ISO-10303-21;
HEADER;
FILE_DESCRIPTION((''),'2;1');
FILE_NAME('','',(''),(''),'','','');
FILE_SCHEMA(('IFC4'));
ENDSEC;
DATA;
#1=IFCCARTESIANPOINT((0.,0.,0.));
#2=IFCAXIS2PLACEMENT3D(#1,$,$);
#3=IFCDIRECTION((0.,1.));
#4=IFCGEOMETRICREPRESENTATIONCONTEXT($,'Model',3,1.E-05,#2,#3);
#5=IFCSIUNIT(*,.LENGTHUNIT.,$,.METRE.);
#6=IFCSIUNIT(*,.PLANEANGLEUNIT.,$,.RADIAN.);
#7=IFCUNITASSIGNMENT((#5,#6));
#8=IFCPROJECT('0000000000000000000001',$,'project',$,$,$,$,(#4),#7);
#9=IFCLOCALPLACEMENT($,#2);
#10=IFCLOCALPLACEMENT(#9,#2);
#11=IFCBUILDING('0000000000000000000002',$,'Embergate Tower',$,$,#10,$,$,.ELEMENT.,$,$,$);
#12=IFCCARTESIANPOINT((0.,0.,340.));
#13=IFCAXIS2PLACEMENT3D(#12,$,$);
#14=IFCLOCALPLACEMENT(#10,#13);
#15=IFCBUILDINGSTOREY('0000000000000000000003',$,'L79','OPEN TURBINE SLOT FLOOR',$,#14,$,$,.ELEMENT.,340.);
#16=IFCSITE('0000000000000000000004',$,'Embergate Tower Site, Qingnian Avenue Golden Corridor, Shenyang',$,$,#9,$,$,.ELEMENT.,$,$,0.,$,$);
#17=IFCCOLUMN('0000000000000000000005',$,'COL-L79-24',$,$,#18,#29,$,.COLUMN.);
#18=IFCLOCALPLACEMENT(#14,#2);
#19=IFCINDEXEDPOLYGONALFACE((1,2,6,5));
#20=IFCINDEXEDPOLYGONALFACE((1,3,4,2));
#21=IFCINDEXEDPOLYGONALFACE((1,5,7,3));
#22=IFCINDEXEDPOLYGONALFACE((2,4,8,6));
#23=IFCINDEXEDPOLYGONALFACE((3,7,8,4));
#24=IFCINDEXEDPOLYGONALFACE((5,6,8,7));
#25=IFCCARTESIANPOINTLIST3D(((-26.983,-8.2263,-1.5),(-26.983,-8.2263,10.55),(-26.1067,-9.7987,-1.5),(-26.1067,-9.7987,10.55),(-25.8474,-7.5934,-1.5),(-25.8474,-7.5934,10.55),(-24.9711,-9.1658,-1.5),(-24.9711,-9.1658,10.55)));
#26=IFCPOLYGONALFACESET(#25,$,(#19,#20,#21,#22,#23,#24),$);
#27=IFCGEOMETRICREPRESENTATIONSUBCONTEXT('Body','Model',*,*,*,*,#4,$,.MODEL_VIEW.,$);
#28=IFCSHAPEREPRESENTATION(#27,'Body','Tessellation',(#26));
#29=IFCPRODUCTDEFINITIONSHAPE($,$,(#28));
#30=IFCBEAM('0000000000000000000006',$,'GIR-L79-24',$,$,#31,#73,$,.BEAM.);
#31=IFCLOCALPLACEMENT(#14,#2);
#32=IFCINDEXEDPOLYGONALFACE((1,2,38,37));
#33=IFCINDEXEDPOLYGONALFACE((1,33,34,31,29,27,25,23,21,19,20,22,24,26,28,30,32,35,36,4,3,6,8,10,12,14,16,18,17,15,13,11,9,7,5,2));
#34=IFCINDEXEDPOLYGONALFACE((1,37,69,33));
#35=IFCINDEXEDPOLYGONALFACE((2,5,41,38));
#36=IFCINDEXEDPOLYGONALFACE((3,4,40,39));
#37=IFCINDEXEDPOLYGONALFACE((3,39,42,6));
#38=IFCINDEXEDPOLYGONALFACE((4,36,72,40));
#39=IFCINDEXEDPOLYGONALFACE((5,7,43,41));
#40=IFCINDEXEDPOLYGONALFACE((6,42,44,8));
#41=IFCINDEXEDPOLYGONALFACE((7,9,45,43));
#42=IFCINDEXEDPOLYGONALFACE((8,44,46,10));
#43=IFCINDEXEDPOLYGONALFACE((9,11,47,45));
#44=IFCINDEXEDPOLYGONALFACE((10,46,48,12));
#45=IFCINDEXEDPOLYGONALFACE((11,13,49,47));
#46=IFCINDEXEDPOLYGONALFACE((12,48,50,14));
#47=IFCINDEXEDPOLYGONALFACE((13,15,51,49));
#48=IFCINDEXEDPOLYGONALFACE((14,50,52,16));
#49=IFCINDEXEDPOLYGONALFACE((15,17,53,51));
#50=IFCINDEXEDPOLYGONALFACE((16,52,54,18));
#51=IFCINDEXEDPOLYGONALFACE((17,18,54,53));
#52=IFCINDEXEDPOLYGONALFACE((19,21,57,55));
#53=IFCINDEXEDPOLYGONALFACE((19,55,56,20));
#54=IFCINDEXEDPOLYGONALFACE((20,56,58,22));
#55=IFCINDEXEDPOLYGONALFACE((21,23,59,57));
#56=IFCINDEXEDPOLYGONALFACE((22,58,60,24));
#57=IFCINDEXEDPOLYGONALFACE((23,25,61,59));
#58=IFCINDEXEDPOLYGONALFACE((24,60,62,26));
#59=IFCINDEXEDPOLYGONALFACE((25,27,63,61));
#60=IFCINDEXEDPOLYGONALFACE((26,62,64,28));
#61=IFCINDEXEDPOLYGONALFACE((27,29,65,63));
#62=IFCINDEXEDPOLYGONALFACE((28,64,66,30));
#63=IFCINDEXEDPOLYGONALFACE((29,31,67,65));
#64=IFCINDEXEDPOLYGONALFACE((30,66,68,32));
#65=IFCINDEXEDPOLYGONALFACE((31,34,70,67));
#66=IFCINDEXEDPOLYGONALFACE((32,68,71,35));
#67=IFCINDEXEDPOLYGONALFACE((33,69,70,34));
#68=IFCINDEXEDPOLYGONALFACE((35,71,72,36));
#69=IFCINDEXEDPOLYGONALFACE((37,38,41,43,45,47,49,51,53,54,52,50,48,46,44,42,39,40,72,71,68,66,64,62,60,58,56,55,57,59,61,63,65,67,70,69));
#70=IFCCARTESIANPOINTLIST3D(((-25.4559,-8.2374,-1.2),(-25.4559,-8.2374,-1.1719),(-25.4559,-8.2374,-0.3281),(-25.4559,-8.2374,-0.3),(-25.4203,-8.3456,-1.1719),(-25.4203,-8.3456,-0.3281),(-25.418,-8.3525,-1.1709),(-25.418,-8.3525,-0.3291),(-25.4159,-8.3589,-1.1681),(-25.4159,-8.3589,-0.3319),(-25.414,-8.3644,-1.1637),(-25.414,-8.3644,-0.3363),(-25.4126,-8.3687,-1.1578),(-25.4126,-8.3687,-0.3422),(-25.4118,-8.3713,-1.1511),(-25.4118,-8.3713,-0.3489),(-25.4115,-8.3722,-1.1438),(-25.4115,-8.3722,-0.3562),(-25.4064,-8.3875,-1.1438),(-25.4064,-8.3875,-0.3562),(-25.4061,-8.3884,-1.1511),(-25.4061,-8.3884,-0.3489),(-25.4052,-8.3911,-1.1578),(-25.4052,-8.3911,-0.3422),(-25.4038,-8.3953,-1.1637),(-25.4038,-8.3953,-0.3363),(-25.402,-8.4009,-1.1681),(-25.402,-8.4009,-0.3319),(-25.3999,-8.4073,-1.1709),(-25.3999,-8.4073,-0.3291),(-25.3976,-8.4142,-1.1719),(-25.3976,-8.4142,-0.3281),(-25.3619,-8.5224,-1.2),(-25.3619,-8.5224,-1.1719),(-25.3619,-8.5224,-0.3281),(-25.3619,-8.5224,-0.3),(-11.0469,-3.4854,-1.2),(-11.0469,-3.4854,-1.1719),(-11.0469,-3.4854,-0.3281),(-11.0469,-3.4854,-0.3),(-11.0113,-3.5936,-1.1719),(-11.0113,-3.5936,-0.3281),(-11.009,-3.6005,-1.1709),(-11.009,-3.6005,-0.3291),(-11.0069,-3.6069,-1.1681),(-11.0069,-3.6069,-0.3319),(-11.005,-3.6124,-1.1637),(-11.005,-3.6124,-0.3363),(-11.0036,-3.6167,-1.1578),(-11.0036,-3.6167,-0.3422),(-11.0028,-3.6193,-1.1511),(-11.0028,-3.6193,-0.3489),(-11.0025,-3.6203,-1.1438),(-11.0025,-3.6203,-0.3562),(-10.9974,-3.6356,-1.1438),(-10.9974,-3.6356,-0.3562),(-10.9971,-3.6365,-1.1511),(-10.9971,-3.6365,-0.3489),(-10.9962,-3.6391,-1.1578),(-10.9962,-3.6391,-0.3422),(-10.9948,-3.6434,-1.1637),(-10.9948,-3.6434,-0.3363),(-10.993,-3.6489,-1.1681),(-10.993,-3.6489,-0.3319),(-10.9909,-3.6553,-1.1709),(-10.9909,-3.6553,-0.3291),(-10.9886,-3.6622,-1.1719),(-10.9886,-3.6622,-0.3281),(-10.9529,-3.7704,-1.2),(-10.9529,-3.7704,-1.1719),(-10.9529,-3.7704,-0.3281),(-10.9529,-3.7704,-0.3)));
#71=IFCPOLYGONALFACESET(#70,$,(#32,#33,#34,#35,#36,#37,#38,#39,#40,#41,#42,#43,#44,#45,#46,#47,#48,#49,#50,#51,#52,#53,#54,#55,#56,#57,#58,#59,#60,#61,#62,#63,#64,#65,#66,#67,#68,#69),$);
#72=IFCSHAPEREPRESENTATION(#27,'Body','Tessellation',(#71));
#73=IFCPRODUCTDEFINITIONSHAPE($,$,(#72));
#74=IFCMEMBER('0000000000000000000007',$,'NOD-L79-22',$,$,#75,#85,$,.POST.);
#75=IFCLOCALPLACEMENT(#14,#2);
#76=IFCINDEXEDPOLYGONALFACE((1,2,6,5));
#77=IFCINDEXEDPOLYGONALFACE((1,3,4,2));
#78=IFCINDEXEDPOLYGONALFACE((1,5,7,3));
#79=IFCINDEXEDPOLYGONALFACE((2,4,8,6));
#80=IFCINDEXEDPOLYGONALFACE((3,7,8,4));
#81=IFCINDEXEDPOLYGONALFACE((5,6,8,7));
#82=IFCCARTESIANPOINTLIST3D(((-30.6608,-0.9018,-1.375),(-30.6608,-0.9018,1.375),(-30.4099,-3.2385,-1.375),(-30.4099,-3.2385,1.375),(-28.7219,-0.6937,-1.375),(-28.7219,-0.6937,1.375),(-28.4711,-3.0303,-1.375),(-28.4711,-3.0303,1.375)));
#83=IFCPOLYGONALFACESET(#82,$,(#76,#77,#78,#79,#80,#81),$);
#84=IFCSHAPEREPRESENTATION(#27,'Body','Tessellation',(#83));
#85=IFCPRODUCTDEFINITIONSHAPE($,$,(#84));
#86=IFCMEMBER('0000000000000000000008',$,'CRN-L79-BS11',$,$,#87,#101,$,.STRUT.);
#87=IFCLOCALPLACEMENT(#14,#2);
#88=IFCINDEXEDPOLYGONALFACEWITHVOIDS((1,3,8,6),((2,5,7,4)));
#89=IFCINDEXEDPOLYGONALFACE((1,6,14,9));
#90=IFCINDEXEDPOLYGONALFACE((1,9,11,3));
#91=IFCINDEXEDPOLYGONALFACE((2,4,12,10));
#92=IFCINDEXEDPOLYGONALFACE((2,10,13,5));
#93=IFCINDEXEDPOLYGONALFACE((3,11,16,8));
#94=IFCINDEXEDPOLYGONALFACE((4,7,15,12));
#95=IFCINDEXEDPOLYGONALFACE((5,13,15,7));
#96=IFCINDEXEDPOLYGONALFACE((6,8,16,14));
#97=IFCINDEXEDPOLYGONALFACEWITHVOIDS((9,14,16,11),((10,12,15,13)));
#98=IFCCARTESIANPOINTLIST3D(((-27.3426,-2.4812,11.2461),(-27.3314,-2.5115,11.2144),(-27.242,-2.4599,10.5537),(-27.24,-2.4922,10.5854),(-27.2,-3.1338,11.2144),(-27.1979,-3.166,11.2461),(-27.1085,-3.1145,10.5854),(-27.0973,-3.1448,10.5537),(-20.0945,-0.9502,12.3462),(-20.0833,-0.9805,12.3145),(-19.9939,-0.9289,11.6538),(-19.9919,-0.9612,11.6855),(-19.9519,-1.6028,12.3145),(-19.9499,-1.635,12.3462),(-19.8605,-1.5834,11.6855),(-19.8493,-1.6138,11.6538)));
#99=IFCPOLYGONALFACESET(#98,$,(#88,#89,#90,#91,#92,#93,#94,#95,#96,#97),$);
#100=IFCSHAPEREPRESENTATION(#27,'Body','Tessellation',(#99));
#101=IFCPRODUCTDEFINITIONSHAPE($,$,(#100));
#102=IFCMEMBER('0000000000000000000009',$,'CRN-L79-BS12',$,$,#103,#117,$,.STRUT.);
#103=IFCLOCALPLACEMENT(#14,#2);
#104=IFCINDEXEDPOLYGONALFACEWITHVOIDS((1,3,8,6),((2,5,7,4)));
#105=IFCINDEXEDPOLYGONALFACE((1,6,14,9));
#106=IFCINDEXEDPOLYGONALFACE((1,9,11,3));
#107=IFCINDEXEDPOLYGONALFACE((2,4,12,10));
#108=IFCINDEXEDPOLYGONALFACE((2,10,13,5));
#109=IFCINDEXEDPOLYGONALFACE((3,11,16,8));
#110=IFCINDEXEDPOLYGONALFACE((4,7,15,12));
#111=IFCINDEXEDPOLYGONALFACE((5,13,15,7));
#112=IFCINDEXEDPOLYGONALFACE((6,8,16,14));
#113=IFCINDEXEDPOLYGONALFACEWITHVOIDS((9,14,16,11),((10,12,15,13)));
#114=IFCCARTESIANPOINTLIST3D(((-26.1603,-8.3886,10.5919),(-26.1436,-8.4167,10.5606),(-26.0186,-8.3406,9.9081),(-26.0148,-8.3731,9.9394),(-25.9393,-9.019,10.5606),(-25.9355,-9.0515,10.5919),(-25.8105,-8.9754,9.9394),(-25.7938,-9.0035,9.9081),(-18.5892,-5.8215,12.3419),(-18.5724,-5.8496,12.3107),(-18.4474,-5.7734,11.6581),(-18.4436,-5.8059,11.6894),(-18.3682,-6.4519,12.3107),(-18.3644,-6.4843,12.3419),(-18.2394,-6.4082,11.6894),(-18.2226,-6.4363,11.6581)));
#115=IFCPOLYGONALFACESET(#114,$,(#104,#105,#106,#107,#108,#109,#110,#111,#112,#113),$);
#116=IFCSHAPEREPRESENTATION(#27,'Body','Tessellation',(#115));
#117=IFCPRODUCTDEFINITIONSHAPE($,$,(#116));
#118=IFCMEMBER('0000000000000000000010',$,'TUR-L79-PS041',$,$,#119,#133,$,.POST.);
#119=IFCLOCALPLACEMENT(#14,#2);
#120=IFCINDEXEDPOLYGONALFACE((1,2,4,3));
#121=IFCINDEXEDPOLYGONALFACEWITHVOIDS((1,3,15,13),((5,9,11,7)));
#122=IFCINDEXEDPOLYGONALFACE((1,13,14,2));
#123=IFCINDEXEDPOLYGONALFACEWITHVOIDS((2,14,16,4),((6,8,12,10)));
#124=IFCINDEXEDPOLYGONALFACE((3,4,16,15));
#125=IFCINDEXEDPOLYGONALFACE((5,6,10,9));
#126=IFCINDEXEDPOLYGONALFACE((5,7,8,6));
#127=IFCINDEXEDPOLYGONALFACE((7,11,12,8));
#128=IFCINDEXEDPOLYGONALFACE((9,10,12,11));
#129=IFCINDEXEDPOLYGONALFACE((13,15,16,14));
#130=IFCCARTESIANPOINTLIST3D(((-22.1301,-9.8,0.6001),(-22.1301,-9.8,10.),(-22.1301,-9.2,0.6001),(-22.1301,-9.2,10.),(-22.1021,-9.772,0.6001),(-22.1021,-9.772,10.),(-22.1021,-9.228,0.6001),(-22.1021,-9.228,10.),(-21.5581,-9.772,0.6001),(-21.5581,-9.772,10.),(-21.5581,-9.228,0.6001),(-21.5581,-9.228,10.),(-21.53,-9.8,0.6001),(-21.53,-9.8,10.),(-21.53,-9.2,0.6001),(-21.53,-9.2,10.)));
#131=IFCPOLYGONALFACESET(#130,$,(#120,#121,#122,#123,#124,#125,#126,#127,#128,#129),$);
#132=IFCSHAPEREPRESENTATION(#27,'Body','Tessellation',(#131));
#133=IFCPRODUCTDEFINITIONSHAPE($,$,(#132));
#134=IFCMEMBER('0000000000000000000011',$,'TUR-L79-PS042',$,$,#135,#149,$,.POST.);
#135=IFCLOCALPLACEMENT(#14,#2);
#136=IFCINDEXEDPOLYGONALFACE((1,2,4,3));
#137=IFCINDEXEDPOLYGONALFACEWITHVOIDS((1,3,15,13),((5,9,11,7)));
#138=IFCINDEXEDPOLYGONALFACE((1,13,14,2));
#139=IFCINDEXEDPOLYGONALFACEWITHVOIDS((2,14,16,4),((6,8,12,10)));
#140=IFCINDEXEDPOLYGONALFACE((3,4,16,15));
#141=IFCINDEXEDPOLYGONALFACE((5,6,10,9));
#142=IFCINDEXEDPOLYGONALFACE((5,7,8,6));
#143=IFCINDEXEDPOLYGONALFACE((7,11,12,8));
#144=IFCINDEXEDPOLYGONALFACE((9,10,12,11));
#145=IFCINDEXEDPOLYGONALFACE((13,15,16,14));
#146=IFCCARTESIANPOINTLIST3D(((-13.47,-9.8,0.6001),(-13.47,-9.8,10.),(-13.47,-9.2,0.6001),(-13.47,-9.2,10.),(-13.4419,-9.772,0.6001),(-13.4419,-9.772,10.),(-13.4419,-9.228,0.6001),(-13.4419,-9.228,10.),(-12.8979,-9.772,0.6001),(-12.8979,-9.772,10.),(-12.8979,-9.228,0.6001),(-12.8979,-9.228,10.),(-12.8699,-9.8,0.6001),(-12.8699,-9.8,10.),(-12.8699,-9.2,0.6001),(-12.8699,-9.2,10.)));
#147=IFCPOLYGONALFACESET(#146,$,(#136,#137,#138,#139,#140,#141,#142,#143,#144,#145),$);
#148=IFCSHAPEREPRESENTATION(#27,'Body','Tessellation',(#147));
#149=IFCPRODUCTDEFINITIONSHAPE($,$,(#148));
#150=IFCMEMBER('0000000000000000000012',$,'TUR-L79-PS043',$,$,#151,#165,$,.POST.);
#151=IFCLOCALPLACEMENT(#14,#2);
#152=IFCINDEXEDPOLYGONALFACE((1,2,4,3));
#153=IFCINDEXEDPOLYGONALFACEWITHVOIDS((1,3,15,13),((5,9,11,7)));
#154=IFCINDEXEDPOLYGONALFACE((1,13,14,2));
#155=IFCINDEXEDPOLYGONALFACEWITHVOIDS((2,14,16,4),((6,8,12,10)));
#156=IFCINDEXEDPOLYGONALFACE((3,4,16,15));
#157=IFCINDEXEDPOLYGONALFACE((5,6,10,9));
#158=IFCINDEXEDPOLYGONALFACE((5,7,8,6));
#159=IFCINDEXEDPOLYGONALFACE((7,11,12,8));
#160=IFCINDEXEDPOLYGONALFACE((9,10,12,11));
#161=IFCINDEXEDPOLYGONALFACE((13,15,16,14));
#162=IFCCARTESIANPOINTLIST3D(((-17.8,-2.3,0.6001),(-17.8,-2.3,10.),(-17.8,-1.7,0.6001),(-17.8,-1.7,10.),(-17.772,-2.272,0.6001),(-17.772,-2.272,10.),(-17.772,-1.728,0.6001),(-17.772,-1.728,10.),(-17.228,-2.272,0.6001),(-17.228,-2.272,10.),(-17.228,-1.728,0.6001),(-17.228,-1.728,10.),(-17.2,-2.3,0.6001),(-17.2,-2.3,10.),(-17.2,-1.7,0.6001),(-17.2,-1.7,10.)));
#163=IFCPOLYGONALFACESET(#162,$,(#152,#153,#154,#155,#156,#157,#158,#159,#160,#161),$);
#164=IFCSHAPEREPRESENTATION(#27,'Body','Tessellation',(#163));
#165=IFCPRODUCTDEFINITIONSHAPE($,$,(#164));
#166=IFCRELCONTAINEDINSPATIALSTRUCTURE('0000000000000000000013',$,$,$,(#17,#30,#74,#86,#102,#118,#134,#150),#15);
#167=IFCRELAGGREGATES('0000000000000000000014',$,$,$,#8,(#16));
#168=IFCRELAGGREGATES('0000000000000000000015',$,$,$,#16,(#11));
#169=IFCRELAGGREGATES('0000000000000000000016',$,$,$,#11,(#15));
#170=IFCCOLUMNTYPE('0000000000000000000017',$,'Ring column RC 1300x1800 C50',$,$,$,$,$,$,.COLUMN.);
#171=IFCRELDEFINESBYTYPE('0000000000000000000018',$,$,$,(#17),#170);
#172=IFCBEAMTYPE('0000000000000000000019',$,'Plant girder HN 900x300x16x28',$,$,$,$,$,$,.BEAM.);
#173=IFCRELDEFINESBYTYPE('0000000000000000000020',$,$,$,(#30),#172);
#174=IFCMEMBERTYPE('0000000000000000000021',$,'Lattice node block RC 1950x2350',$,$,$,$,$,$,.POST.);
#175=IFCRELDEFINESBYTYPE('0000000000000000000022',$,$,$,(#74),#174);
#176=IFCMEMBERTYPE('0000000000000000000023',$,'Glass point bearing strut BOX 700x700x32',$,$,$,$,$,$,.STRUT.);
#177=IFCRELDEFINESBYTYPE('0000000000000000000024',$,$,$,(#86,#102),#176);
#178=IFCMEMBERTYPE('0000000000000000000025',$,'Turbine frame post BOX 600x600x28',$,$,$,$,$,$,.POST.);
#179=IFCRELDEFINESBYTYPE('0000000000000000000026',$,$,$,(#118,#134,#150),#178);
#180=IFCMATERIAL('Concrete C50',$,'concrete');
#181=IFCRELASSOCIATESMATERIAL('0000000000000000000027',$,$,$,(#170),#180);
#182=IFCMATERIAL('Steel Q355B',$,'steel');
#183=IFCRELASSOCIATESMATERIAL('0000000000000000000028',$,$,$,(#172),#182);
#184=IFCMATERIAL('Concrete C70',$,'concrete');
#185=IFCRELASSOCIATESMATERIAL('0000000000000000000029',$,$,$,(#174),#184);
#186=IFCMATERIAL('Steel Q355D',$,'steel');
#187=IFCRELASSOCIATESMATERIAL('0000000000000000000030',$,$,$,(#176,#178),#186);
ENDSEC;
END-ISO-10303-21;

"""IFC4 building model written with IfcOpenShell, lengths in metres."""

from ifc_helpers import new_model, si_unit, direction, frame, origin, origin_2d, place, context, subcontext, project, spatial, rectangle, hollow_rectangle, i_section, extrude, source, transform, mapped, material, material_profile, profile_set, type_object, element, save


model = new_model("IFC4")

# Units and contexts
model_context = context("Model", 3, precision=1e-05, world=origin(), true_north=direction((0.0, 1.0)))
body_context = subcontext(model_context, "Body", "Model", "MODEL_VIEW")
ifc_project = project(units=[si_unit("LENGTHUNIT", "METRE"), si_unit("PLANEANGLEUNIT", "RADIAN")], contexts=[model_context])

# Site, building, storey
site_placement = place(None, origin())
site = spatial("IfcSite", under=ifc_project, at=site_placement, Name="Embergate Tower Site, Qingnian Avenue Golden Corridor, Shenyang", CompositionType="ELEMENT", RefElevation=0.0)
building_placement = place(site_placement, origin())
building = spatial("IfcBuilding", under=site, at=building_placement, Name="Embergate Tower", CompositionType="ELEMENT")
storey_placement = place(building_placement, frame((0.0, 0.0, 340.0)))
storey = spatial("IfcBuildingStorey", under=building, at=storey_placement, Name="L79", Description="OPEN TURBINE SLOT FLOOR", CompositionType="ELEMENT", Elevation=340.0)

# Column
ifc_material_1 = material(Name="Concrete C50", Category="concrete")
ifc_material_profile_1 = material_profile(ifc_material_1, rectangle(XDim=1.3, YDim=1.8, at=origin_2d()), Name="RC 1300x1800")
ifc_profile_set_1 = profile_set([ifc_material_profile_1], Name="Concrete C50")
column_type = type_object("IfcColumnType", Name="Ring column RC 1300x1800 C50", PredefinedType="COLUMN", material=ifc_profile_set_1)
shared_shape_1 = source(origin(), body_context, "Body", "SweptSolid", [
    extrude(rectangle(XDim=1.3, YDim=1.8, at=origin_2d()), origin(), (0.0, 0.0, 1.0), 12.05),
])
column_placement = place(storey_placement, frame((-25.9771, -8.696, -1.5), z_axis=(0.0, 0.0, 1.0), x_axis=(-0.873492, -0.486839, 0.0)))
element("IfcColumn", 1, at=column_placement, inside=storey, type_object=column_type, Name="COL-L79-24", PredefinedType="COLUMN", context=body_context, shape_type="MappedRepresentation", body=[
    mapped(shared_shape_1, transform((0.0, 0.0, 0.0))),
])

# Beam
ifc_material_2 = material(Name="Steel Q355B", Category="steel")
ifc_material_profile_2 = material_profile(ifc_material_2, i_section(OverallWidth=0.3, OverallDepth=0.8999, WebThickness=0.0161, FlangeThickness=0.0281, FilletRadius=0.0281, at=origin_2d()), Name="HN 900x300x16x28")
ifc_profile_set_2 = profile_set([ifc_material_profile_2], Name="Steel Q355 grade B")
beam_type_1 = type_object("IfcBeamType", Name="Plant girder HN 900x300x16x28", PredefinedType="BEAM", material=ifc_profile_set_2)
shared_shape_2 = source(origin(), body_context, "Body", "SweptSolid", [
    extrude(i_section(OverallWidth=0.3, OverallDepth=0.8999, WebThickness=0.0161, FlangeThickness=0.0281, FilletRadius=0.0281, at=origin_2d()), origin(), (0.0, 0.0, 1.0), 15.1724),
])
beam_placement = place(storey_placement, frame((-25.4089, -8.3799, -0.75), z_axis=(0.949687, 0.313199, 0.0), x_axis=(-0.313199, 0.949687, 0.0)))
element("IfcBeam", 2, at=beam_placement, inside=storey, type_object=beam_type_1, Name="GIR-L79-24", PredefinedType="BEAM", context=body_context, shape_type="MappedRepresentation", body=[
    mapped(shared_shape_2, transform((0.0, 0.0, 0.0))),
])

# Members
ifc_material_3 = material(Name="Concrete C70", Category="concrete")
ifc_material_profile_3 = material_profile(ifc_material_3, rectangle(XDim=1.95, YDim=2.3501, at=origin_2d()), Name="RC 1950x2350")
ifc_profile_set_3 = profile_set([ifc_material_profile_3], Name="Concrete C70")
member_type_1 = type_object("IfcMemberType", Name="Lattice node block RC 1950x2350", PredefinedType="POST", material=ifc_profile_set_3)
shared_shape_3 = source(origin(), body_context, "Body", "SweptSolid", [
    extrude(rectangle(XDim=1.95, YDim=2.3501, at=origin_2d()), origin(), (0.0, 0.0, 1.0), 2.75),
])
member_1_placement = place(storey_placement, frame((-29.5659, -1.9661, -1.375), z_axis=(0.0, 0.0, 1.0), x_axis=(-0.994286, -0.10675, 0.0)))
element("IfcMember", 3, at=member_1_placement, inside=storey, type_object=member_type_1, Name="NOD-L79-22", PredefinedType="POST", context=body_context, shape_type="MappedRepresentation", body=[
    mapped(shared_shape_3, transform((0.0, 0.0, 0.0))),
])
ifc_material_4 = material(Name="Steel Q355D", Category="steel")
ifc_material_profile_4 = material_profile(ifc_material_4, hollow_rectangle(XDim=0.7, YDim=0.7, WallThickness=0.032, at=origin_2d()), Name="BOX 700x700x32")
ifc_profile_set_4 = profile_set([ifc_material_profile_4], Name="Steel Q355 grade D")
member_type_2 = type_object("IfcMemberType", Name="Glass point bearing strut BOX 700x700x32", PredefinedType="STRUT", material=ifc_profile_set_4)
shared_shape_4 = source(origin(), body_context, "Body", "SweptSolid", [
    extrude(hollow_rectangle(XDim=0.7, YDim=0.7, WallThickness=0.032, at=origin_2d()), origin(), (0.0, 0.0, 1.0), 7.4893),
])
member_2_placement = place(storey_placement, frame((-27.22, -2.813, 10.8999), z_axis=(0.967798, 0.204428, 0.146891), x_axis=(-0.20667, 0.978411, 0.0)))
element("IfcMember", 4, at=member_2_placement, inside=storey, type_object=member_type_2, Name="CRN-L79-BS11", PredefinedType="STRUT", context=body_context, shape_type="MappedRepresentation", body=[
    mapped(shared_shape_4, transform((0.0, 0.0, 0.0))),
])
shared_shape_5 = source(origin(), body_context, "Body", "SweptSolid", [
    extrude(hollow_rectangle(XDim=0.7, YDim=0.7, WallThickness=0.032, at=origin_2d()), origin(), (0.0, 0.0, 1.0), 8.1838),
])
member_3_placement = place(storey_placement, frame((-25.9771, -8.696, 10.25), z_axis=(0.925134, 0.313688, 0.213839), x_axis=(-0.321116, 0.94704, 0.0)))
element("IfcMember", 5, at=member_3_placement, inside=storey, type_object=member_type_2, Name="CRN-L79-BS12", PredefinedType="STRUT", context=body_context, shape_type="MappedRepresentation", body=[
    mapped(shared_shape_5, transform((0.0, 0.0, 0.0))),
])
ifc_material_profile_5 = material_profile(ifc_material_4, hollow_rectangle(XDim=0.6001, YDim=0.6001, WallThickness=0.0281, at=origin_2d()), Name="BOX 600x600x28")
ifc_profile_set_5 = profile_set([ifc_material_profile_5], Name="Steel Q355 grade D")
member_type_3 = type_object("IfcMemberType", Name="Turbine frame post BOX 600x600x28", PredefinedType="POST", material=ifc_profile_set_5)
shared_shape_6 = source(origin(), body_context, "Body", "SweptSolid", [
    extrude(hollow_rectangle(XDim=0.6001, YDim=0.6001, WallThickness=0.0281, at=origin_2d()), origin(), (0.0, 0.0, 1.0), 9.3999),
])
for number, where, z_axis, x_axis, name in (
    (6, (-21.8301, -9.5, 0.6001), (0.0, 0.0, 1.0), (1.0, 0.0, 0.0), "TUR-L79-PS041"),
    (7, (-13.1699, -9.5, 0.6001), (0.0, 0.0, 1.0), (1.0, 0.0, 0.0), "TUR-L79-PS042"),
    (8, (-17.5, -2.0, 0.6001), (0.0, 0.0, 1.0), (1.0, 0.0, 0.0), "TUR-L79-PS043"),
):
    element("IfcMember", number, at=place(storey_placement, frame(where, z_axis=z_axis, x_axis=x_axis)), inside=storey, type_object=member_type_3, Name=name, PredefinedType="POST", context=body_context, shape_type="MappedRepresentation", body=[
        mapped(shared_shape_6, transform((0.0, 0.0, 0.0))),
    ])

save(model, "model.ifc")
